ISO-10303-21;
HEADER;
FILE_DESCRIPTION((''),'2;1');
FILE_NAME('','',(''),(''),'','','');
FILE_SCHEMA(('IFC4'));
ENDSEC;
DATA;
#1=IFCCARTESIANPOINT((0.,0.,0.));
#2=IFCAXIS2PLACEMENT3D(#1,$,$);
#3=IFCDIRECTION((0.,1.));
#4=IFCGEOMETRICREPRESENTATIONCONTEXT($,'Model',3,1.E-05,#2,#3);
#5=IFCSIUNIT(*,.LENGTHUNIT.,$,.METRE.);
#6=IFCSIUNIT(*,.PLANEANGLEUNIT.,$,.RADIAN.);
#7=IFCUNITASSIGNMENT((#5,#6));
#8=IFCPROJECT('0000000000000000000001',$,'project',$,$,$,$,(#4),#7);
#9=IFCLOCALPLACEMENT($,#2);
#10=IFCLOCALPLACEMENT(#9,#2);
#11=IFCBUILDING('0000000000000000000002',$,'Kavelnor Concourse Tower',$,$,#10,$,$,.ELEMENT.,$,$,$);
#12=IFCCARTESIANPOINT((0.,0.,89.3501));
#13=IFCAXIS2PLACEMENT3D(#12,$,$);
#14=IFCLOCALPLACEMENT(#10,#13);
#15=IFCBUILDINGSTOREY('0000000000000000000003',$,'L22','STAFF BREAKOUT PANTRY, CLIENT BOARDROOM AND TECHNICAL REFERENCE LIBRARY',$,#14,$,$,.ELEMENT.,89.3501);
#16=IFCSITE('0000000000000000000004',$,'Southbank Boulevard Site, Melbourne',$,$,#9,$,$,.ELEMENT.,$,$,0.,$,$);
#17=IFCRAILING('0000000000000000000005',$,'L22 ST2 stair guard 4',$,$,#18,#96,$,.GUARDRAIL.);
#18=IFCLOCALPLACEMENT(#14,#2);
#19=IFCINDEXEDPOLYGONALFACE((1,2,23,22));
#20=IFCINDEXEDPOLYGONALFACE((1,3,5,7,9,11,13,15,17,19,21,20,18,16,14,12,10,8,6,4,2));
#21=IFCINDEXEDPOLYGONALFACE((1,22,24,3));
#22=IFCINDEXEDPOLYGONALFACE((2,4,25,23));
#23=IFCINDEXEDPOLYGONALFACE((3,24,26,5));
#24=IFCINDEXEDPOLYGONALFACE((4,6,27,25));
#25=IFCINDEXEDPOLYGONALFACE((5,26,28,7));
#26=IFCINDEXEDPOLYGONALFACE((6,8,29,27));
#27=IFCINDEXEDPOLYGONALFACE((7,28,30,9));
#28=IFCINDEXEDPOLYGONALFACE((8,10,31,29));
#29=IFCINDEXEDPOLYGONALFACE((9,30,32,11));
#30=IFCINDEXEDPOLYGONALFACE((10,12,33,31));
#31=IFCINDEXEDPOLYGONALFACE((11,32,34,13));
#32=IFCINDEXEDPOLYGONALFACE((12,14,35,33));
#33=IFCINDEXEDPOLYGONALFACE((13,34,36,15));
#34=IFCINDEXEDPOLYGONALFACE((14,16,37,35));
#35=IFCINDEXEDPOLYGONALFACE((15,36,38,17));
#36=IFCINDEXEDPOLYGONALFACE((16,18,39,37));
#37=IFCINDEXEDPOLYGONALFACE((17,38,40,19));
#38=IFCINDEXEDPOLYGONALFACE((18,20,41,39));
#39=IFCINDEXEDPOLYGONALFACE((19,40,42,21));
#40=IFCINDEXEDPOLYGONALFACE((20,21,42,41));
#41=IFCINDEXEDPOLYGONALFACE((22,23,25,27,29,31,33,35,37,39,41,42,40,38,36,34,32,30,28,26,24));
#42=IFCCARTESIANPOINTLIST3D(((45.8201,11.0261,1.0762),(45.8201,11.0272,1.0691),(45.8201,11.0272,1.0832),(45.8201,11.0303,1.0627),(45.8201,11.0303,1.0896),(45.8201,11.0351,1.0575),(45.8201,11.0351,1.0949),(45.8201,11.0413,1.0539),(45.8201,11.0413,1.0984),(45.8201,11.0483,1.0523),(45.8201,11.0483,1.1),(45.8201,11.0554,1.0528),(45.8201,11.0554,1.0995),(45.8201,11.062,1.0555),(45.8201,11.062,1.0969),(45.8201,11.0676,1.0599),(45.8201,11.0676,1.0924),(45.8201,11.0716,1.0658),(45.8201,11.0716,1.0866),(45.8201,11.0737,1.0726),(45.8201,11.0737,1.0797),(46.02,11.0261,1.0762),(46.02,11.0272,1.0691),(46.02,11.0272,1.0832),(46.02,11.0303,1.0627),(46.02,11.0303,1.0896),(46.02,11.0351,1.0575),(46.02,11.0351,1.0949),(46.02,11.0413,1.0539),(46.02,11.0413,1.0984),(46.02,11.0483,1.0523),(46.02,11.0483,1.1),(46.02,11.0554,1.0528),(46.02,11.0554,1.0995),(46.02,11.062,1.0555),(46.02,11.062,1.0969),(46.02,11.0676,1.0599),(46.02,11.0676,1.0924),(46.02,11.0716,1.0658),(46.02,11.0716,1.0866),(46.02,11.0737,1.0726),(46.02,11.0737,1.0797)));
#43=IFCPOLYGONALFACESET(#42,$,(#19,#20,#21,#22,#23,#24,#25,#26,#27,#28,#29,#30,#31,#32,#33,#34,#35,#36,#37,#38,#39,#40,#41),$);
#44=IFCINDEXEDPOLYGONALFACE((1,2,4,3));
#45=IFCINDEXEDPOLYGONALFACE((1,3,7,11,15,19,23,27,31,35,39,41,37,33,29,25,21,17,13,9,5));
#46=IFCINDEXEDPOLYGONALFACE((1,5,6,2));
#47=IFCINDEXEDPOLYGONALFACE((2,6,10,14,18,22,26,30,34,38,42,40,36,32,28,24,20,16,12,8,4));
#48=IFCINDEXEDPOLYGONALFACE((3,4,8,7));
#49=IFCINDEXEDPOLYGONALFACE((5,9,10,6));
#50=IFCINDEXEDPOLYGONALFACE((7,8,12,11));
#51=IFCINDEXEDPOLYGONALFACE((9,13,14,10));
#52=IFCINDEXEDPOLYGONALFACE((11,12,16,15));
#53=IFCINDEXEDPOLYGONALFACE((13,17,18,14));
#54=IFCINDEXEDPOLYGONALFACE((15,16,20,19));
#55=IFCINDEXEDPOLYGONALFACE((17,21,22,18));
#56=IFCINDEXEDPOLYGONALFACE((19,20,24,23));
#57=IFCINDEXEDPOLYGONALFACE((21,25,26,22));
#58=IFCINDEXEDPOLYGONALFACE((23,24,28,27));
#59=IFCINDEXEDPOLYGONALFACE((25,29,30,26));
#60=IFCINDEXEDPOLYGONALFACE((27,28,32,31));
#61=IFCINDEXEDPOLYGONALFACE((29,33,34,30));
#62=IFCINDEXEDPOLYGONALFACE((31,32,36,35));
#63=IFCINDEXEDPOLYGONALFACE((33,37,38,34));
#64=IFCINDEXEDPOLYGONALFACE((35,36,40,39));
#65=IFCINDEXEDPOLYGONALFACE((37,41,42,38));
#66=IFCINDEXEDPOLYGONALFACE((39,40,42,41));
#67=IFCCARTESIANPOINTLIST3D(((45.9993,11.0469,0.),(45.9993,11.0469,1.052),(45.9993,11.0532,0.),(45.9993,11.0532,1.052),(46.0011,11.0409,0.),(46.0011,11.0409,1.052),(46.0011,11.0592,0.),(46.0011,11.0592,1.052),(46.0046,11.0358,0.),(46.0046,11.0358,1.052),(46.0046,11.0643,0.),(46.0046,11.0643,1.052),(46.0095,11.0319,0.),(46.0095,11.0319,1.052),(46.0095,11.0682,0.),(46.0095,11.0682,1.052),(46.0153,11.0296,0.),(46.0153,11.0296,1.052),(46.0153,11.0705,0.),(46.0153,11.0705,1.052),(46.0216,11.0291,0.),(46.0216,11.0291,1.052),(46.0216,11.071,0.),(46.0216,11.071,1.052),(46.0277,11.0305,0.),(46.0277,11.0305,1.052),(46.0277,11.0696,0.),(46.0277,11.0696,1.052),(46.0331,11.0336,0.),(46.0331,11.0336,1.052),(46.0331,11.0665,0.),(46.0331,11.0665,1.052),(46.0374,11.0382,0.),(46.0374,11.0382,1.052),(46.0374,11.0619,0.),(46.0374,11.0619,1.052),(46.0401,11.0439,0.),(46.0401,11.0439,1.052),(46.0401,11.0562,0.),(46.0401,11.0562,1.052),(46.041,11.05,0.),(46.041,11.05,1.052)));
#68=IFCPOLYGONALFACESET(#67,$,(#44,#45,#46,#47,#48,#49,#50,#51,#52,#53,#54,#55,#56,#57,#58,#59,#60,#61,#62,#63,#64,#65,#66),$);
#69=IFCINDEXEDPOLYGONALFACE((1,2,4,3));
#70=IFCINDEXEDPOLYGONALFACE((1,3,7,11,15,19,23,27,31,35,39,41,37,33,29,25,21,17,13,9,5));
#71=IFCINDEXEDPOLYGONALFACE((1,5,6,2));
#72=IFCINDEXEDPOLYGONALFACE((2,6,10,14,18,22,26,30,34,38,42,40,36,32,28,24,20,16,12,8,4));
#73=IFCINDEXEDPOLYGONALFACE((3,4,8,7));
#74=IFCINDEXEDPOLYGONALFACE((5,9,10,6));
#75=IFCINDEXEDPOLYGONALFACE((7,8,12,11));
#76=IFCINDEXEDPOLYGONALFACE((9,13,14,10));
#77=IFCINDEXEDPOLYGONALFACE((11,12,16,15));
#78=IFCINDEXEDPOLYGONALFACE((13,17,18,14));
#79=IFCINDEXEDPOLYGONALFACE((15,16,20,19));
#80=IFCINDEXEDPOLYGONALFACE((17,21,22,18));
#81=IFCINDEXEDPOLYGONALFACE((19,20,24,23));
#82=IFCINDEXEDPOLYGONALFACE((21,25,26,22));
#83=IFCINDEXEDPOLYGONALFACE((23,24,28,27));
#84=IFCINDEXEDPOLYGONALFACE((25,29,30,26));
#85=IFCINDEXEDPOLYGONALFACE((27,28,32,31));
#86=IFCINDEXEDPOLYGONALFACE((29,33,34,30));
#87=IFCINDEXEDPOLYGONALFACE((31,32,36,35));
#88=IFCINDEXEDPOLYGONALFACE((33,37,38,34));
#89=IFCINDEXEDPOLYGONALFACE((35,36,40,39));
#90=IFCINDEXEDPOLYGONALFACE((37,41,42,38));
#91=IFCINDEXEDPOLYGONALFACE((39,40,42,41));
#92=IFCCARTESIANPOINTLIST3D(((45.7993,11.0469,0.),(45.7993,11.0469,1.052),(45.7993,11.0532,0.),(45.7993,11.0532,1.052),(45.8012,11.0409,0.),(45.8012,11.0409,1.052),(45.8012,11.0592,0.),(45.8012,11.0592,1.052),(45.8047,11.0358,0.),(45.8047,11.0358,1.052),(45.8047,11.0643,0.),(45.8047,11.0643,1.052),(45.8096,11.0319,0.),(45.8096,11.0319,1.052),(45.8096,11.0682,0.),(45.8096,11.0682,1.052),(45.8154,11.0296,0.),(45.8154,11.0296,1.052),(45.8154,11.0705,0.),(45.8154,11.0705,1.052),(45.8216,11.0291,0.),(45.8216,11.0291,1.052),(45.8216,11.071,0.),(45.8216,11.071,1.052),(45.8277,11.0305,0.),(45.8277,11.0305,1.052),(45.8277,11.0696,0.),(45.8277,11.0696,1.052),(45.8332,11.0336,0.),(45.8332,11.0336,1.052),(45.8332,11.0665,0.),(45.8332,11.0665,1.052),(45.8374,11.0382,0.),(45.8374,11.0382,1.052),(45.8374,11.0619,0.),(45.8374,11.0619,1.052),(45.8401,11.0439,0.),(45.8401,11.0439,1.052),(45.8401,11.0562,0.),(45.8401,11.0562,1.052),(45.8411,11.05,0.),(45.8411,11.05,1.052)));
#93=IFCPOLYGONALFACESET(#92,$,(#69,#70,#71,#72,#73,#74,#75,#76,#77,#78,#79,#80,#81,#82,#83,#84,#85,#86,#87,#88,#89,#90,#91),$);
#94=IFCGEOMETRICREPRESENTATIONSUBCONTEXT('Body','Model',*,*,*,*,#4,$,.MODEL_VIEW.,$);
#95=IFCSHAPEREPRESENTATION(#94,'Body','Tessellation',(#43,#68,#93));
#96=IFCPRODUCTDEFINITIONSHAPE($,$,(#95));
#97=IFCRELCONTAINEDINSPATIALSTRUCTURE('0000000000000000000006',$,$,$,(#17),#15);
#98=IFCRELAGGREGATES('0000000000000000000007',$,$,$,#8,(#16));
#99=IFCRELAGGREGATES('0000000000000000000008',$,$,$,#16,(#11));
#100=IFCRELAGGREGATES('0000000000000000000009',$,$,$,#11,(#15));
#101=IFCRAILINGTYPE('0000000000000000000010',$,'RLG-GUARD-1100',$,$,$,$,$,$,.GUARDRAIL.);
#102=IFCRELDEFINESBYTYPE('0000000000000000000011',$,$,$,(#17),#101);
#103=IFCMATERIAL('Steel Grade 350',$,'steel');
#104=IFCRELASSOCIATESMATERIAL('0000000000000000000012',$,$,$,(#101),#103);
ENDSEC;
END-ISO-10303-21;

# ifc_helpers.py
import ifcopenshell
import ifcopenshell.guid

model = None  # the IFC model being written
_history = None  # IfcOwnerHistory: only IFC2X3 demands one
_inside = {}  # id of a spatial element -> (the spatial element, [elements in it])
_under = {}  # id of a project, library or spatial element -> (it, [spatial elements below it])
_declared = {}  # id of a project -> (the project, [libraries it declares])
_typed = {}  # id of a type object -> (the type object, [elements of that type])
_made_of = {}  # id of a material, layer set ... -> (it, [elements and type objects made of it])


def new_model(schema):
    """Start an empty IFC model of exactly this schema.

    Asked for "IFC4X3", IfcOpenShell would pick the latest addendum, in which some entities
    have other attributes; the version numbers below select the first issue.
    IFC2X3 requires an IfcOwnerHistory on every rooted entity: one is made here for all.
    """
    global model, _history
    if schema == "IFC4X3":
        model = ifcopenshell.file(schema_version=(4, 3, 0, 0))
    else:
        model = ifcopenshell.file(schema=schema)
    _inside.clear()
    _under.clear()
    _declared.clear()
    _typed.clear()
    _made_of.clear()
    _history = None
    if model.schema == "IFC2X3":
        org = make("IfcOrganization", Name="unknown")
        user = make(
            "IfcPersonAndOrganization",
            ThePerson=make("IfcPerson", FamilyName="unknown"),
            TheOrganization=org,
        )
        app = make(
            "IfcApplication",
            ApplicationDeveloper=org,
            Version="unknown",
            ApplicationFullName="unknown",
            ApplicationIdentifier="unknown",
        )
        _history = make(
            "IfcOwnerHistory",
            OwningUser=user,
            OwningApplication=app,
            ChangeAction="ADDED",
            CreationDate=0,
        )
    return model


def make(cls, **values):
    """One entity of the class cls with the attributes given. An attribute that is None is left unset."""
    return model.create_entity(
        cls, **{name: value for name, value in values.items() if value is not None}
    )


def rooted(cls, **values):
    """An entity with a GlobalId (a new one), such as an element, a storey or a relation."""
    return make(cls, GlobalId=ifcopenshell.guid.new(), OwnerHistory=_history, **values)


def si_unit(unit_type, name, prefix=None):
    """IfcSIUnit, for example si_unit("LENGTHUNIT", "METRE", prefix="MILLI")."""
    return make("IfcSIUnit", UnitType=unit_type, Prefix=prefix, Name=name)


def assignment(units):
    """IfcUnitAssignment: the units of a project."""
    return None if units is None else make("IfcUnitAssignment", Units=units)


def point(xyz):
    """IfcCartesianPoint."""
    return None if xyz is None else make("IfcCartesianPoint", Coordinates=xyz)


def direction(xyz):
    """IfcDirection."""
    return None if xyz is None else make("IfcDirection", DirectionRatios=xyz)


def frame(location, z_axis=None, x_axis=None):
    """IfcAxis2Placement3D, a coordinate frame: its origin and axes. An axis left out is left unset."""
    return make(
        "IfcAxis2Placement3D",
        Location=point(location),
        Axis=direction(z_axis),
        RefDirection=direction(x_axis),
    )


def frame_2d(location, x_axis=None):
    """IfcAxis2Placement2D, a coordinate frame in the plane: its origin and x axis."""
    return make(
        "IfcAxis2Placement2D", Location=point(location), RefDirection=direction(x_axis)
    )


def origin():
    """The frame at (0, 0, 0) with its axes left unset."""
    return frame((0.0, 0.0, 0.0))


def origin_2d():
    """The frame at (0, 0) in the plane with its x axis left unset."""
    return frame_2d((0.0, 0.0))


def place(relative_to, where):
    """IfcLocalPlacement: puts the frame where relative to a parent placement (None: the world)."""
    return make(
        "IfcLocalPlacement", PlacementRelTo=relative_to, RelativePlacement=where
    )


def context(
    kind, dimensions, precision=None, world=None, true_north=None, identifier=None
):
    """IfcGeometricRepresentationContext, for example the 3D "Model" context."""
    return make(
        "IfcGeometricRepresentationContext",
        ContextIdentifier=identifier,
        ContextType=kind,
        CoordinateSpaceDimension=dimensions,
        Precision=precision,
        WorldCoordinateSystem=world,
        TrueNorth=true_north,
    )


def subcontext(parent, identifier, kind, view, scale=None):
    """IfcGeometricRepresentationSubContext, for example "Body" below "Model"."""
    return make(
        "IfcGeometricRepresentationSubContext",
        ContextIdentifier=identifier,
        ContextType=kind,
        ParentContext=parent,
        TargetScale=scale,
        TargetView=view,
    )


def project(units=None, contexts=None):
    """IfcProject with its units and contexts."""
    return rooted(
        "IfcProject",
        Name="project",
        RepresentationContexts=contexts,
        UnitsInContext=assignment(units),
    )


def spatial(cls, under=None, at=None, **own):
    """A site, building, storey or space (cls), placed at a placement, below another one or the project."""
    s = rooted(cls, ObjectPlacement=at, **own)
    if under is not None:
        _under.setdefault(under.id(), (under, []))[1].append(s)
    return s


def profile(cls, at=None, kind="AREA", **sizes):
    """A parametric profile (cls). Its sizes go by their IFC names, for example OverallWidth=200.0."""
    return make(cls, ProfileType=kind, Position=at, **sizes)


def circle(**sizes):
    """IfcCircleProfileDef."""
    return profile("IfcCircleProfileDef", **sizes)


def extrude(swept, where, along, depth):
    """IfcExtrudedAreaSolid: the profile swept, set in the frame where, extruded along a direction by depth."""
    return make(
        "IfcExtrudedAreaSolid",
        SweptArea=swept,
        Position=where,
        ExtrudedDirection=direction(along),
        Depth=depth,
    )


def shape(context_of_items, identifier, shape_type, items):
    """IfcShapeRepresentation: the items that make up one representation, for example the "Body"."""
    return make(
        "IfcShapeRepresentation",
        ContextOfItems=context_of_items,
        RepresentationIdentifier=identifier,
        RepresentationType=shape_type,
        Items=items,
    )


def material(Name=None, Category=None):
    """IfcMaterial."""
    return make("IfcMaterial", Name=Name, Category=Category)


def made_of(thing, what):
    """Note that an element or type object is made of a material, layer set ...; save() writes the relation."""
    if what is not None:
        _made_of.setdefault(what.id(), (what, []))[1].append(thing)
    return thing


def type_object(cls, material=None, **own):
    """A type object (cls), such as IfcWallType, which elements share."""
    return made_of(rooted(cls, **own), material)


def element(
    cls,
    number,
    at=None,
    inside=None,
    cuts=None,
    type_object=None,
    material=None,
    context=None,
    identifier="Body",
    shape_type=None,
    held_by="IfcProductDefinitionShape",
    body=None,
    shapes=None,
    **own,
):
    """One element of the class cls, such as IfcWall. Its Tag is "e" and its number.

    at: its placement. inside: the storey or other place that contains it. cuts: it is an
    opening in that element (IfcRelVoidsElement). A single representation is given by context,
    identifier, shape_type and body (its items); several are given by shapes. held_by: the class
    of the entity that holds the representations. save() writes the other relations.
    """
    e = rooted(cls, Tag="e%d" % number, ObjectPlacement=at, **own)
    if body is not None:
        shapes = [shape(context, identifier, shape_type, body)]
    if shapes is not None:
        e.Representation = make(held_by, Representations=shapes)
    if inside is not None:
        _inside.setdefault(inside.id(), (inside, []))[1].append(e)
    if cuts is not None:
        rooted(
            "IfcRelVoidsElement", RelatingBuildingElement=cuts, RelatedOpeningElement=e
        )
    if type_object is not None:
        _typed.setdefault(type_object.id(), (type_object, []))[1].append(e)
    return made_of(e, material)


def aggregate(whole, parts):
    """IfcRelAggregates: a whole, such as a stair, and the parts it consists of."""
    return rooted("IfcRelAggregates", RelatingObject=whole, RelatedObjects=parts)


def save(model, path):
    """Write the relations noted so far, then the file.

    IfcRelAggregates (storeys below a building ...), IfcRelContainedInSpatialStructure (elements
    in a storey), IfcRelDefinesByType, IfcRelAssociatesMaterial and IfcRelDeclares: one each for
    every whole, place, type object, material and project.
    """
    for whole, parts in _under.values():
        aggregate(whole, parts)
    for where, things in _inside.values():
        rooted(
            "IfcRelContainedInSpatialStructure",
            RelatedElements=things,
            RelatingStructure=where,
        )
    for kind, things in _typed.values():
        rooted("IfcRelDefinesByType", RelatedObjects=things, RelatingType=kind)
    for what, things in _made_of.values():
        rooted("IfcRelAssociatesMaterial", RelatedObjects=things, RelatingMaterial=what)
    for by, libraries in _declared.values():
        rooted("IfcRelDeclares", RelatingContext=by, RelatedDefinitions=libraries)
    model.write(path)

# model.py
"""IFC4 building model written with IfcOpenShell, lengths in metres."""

from ifc_helpers import new_model, si_unit, direction, frame, origin, origin_2d, place, context, subcontext, project, spatial, circle, extrude, material, type_object, element, save


model = new_model("IFC4")

# Units and contexts
model_context = context("Model", 3, precision=1e-05, world=origin(), true_north=direction((0.0, 1.0)))
body_context = subcontext(model_context, "Body", "Model", "MODEL_VIEW")
ifc_project = project(units=[si_unit("LENGTHUNIT", "METRE"), si_unit("PLANEANGLEUNIT", "RADIAN")], contexts=[model_context])

# Site, building, storey
site_placement = place(None, origin())
site = spatial("IfcSite", under=ifc_project, at=site_placement, Name="Southbank Boulevard Site, Melbourne", CompositionType="ELEMENT", RefElevation=0.0)
building_placement = place(site_placement, origin())
building = spatial("IfcBuilding", under=site, at=building_placement, Name="Kavelnor Concourse Tower", CompositionType="ELEMENT")
storey_placement = place(building_placement, frame((0.0, 0.0, 89.3501)))
storey = spatial("IfcBuildingStorey", under=building, at=storey_placement, Name="L22", Description="STAFF BREAKOUT PANTRY, CLIENT BOARDROOM AND TECHNICAL REFERENCE LIBRARY", CompositionType="ELEMENT", Elevation=89.3501)

# Shared definitions
ifc_material_1 = material(Name="Steel Grade 350", Category="steel")

# Railing
railing_type_1 = type_object("IfcRailingType", Name="RLG-GUARD-1100", PredefinedType="GUARDRAIL", material=ifc_material_1)
railing_1_placement = place(storey_placement, frame((46.02, 11.05, 0.0)))
element("IfcRailing", 1, at=railing_1_placement, inside=storey, type_object=railing_type_1, Name="L22 ST2 stair guard 4", PredefinedType="GUARDRAIL", context=body_context, shape_type="SweptSolid", body=[
    extrude(circle(Radius=0.0239, at=origin_2d()), frame((0.0, 0.0, 1.0762), z_axis=(-1.0, 0.0, 0.0), x_axis=(0.0, -1.0, 0.0)), (0.0, 0.0, 1.0), 0.2),
    extrude(circle(Radius=0.021, at=origin_2d()), origin(), (0.0, 0.0, 1.0), 1.052),
    extrude(circle(Radius=0.021, at=origin_2d()), frame((-0.2, 0.0, 0.0)), (0.0, 0.0, 1.0), 1.052),
])

save(model, "model.ifc")
